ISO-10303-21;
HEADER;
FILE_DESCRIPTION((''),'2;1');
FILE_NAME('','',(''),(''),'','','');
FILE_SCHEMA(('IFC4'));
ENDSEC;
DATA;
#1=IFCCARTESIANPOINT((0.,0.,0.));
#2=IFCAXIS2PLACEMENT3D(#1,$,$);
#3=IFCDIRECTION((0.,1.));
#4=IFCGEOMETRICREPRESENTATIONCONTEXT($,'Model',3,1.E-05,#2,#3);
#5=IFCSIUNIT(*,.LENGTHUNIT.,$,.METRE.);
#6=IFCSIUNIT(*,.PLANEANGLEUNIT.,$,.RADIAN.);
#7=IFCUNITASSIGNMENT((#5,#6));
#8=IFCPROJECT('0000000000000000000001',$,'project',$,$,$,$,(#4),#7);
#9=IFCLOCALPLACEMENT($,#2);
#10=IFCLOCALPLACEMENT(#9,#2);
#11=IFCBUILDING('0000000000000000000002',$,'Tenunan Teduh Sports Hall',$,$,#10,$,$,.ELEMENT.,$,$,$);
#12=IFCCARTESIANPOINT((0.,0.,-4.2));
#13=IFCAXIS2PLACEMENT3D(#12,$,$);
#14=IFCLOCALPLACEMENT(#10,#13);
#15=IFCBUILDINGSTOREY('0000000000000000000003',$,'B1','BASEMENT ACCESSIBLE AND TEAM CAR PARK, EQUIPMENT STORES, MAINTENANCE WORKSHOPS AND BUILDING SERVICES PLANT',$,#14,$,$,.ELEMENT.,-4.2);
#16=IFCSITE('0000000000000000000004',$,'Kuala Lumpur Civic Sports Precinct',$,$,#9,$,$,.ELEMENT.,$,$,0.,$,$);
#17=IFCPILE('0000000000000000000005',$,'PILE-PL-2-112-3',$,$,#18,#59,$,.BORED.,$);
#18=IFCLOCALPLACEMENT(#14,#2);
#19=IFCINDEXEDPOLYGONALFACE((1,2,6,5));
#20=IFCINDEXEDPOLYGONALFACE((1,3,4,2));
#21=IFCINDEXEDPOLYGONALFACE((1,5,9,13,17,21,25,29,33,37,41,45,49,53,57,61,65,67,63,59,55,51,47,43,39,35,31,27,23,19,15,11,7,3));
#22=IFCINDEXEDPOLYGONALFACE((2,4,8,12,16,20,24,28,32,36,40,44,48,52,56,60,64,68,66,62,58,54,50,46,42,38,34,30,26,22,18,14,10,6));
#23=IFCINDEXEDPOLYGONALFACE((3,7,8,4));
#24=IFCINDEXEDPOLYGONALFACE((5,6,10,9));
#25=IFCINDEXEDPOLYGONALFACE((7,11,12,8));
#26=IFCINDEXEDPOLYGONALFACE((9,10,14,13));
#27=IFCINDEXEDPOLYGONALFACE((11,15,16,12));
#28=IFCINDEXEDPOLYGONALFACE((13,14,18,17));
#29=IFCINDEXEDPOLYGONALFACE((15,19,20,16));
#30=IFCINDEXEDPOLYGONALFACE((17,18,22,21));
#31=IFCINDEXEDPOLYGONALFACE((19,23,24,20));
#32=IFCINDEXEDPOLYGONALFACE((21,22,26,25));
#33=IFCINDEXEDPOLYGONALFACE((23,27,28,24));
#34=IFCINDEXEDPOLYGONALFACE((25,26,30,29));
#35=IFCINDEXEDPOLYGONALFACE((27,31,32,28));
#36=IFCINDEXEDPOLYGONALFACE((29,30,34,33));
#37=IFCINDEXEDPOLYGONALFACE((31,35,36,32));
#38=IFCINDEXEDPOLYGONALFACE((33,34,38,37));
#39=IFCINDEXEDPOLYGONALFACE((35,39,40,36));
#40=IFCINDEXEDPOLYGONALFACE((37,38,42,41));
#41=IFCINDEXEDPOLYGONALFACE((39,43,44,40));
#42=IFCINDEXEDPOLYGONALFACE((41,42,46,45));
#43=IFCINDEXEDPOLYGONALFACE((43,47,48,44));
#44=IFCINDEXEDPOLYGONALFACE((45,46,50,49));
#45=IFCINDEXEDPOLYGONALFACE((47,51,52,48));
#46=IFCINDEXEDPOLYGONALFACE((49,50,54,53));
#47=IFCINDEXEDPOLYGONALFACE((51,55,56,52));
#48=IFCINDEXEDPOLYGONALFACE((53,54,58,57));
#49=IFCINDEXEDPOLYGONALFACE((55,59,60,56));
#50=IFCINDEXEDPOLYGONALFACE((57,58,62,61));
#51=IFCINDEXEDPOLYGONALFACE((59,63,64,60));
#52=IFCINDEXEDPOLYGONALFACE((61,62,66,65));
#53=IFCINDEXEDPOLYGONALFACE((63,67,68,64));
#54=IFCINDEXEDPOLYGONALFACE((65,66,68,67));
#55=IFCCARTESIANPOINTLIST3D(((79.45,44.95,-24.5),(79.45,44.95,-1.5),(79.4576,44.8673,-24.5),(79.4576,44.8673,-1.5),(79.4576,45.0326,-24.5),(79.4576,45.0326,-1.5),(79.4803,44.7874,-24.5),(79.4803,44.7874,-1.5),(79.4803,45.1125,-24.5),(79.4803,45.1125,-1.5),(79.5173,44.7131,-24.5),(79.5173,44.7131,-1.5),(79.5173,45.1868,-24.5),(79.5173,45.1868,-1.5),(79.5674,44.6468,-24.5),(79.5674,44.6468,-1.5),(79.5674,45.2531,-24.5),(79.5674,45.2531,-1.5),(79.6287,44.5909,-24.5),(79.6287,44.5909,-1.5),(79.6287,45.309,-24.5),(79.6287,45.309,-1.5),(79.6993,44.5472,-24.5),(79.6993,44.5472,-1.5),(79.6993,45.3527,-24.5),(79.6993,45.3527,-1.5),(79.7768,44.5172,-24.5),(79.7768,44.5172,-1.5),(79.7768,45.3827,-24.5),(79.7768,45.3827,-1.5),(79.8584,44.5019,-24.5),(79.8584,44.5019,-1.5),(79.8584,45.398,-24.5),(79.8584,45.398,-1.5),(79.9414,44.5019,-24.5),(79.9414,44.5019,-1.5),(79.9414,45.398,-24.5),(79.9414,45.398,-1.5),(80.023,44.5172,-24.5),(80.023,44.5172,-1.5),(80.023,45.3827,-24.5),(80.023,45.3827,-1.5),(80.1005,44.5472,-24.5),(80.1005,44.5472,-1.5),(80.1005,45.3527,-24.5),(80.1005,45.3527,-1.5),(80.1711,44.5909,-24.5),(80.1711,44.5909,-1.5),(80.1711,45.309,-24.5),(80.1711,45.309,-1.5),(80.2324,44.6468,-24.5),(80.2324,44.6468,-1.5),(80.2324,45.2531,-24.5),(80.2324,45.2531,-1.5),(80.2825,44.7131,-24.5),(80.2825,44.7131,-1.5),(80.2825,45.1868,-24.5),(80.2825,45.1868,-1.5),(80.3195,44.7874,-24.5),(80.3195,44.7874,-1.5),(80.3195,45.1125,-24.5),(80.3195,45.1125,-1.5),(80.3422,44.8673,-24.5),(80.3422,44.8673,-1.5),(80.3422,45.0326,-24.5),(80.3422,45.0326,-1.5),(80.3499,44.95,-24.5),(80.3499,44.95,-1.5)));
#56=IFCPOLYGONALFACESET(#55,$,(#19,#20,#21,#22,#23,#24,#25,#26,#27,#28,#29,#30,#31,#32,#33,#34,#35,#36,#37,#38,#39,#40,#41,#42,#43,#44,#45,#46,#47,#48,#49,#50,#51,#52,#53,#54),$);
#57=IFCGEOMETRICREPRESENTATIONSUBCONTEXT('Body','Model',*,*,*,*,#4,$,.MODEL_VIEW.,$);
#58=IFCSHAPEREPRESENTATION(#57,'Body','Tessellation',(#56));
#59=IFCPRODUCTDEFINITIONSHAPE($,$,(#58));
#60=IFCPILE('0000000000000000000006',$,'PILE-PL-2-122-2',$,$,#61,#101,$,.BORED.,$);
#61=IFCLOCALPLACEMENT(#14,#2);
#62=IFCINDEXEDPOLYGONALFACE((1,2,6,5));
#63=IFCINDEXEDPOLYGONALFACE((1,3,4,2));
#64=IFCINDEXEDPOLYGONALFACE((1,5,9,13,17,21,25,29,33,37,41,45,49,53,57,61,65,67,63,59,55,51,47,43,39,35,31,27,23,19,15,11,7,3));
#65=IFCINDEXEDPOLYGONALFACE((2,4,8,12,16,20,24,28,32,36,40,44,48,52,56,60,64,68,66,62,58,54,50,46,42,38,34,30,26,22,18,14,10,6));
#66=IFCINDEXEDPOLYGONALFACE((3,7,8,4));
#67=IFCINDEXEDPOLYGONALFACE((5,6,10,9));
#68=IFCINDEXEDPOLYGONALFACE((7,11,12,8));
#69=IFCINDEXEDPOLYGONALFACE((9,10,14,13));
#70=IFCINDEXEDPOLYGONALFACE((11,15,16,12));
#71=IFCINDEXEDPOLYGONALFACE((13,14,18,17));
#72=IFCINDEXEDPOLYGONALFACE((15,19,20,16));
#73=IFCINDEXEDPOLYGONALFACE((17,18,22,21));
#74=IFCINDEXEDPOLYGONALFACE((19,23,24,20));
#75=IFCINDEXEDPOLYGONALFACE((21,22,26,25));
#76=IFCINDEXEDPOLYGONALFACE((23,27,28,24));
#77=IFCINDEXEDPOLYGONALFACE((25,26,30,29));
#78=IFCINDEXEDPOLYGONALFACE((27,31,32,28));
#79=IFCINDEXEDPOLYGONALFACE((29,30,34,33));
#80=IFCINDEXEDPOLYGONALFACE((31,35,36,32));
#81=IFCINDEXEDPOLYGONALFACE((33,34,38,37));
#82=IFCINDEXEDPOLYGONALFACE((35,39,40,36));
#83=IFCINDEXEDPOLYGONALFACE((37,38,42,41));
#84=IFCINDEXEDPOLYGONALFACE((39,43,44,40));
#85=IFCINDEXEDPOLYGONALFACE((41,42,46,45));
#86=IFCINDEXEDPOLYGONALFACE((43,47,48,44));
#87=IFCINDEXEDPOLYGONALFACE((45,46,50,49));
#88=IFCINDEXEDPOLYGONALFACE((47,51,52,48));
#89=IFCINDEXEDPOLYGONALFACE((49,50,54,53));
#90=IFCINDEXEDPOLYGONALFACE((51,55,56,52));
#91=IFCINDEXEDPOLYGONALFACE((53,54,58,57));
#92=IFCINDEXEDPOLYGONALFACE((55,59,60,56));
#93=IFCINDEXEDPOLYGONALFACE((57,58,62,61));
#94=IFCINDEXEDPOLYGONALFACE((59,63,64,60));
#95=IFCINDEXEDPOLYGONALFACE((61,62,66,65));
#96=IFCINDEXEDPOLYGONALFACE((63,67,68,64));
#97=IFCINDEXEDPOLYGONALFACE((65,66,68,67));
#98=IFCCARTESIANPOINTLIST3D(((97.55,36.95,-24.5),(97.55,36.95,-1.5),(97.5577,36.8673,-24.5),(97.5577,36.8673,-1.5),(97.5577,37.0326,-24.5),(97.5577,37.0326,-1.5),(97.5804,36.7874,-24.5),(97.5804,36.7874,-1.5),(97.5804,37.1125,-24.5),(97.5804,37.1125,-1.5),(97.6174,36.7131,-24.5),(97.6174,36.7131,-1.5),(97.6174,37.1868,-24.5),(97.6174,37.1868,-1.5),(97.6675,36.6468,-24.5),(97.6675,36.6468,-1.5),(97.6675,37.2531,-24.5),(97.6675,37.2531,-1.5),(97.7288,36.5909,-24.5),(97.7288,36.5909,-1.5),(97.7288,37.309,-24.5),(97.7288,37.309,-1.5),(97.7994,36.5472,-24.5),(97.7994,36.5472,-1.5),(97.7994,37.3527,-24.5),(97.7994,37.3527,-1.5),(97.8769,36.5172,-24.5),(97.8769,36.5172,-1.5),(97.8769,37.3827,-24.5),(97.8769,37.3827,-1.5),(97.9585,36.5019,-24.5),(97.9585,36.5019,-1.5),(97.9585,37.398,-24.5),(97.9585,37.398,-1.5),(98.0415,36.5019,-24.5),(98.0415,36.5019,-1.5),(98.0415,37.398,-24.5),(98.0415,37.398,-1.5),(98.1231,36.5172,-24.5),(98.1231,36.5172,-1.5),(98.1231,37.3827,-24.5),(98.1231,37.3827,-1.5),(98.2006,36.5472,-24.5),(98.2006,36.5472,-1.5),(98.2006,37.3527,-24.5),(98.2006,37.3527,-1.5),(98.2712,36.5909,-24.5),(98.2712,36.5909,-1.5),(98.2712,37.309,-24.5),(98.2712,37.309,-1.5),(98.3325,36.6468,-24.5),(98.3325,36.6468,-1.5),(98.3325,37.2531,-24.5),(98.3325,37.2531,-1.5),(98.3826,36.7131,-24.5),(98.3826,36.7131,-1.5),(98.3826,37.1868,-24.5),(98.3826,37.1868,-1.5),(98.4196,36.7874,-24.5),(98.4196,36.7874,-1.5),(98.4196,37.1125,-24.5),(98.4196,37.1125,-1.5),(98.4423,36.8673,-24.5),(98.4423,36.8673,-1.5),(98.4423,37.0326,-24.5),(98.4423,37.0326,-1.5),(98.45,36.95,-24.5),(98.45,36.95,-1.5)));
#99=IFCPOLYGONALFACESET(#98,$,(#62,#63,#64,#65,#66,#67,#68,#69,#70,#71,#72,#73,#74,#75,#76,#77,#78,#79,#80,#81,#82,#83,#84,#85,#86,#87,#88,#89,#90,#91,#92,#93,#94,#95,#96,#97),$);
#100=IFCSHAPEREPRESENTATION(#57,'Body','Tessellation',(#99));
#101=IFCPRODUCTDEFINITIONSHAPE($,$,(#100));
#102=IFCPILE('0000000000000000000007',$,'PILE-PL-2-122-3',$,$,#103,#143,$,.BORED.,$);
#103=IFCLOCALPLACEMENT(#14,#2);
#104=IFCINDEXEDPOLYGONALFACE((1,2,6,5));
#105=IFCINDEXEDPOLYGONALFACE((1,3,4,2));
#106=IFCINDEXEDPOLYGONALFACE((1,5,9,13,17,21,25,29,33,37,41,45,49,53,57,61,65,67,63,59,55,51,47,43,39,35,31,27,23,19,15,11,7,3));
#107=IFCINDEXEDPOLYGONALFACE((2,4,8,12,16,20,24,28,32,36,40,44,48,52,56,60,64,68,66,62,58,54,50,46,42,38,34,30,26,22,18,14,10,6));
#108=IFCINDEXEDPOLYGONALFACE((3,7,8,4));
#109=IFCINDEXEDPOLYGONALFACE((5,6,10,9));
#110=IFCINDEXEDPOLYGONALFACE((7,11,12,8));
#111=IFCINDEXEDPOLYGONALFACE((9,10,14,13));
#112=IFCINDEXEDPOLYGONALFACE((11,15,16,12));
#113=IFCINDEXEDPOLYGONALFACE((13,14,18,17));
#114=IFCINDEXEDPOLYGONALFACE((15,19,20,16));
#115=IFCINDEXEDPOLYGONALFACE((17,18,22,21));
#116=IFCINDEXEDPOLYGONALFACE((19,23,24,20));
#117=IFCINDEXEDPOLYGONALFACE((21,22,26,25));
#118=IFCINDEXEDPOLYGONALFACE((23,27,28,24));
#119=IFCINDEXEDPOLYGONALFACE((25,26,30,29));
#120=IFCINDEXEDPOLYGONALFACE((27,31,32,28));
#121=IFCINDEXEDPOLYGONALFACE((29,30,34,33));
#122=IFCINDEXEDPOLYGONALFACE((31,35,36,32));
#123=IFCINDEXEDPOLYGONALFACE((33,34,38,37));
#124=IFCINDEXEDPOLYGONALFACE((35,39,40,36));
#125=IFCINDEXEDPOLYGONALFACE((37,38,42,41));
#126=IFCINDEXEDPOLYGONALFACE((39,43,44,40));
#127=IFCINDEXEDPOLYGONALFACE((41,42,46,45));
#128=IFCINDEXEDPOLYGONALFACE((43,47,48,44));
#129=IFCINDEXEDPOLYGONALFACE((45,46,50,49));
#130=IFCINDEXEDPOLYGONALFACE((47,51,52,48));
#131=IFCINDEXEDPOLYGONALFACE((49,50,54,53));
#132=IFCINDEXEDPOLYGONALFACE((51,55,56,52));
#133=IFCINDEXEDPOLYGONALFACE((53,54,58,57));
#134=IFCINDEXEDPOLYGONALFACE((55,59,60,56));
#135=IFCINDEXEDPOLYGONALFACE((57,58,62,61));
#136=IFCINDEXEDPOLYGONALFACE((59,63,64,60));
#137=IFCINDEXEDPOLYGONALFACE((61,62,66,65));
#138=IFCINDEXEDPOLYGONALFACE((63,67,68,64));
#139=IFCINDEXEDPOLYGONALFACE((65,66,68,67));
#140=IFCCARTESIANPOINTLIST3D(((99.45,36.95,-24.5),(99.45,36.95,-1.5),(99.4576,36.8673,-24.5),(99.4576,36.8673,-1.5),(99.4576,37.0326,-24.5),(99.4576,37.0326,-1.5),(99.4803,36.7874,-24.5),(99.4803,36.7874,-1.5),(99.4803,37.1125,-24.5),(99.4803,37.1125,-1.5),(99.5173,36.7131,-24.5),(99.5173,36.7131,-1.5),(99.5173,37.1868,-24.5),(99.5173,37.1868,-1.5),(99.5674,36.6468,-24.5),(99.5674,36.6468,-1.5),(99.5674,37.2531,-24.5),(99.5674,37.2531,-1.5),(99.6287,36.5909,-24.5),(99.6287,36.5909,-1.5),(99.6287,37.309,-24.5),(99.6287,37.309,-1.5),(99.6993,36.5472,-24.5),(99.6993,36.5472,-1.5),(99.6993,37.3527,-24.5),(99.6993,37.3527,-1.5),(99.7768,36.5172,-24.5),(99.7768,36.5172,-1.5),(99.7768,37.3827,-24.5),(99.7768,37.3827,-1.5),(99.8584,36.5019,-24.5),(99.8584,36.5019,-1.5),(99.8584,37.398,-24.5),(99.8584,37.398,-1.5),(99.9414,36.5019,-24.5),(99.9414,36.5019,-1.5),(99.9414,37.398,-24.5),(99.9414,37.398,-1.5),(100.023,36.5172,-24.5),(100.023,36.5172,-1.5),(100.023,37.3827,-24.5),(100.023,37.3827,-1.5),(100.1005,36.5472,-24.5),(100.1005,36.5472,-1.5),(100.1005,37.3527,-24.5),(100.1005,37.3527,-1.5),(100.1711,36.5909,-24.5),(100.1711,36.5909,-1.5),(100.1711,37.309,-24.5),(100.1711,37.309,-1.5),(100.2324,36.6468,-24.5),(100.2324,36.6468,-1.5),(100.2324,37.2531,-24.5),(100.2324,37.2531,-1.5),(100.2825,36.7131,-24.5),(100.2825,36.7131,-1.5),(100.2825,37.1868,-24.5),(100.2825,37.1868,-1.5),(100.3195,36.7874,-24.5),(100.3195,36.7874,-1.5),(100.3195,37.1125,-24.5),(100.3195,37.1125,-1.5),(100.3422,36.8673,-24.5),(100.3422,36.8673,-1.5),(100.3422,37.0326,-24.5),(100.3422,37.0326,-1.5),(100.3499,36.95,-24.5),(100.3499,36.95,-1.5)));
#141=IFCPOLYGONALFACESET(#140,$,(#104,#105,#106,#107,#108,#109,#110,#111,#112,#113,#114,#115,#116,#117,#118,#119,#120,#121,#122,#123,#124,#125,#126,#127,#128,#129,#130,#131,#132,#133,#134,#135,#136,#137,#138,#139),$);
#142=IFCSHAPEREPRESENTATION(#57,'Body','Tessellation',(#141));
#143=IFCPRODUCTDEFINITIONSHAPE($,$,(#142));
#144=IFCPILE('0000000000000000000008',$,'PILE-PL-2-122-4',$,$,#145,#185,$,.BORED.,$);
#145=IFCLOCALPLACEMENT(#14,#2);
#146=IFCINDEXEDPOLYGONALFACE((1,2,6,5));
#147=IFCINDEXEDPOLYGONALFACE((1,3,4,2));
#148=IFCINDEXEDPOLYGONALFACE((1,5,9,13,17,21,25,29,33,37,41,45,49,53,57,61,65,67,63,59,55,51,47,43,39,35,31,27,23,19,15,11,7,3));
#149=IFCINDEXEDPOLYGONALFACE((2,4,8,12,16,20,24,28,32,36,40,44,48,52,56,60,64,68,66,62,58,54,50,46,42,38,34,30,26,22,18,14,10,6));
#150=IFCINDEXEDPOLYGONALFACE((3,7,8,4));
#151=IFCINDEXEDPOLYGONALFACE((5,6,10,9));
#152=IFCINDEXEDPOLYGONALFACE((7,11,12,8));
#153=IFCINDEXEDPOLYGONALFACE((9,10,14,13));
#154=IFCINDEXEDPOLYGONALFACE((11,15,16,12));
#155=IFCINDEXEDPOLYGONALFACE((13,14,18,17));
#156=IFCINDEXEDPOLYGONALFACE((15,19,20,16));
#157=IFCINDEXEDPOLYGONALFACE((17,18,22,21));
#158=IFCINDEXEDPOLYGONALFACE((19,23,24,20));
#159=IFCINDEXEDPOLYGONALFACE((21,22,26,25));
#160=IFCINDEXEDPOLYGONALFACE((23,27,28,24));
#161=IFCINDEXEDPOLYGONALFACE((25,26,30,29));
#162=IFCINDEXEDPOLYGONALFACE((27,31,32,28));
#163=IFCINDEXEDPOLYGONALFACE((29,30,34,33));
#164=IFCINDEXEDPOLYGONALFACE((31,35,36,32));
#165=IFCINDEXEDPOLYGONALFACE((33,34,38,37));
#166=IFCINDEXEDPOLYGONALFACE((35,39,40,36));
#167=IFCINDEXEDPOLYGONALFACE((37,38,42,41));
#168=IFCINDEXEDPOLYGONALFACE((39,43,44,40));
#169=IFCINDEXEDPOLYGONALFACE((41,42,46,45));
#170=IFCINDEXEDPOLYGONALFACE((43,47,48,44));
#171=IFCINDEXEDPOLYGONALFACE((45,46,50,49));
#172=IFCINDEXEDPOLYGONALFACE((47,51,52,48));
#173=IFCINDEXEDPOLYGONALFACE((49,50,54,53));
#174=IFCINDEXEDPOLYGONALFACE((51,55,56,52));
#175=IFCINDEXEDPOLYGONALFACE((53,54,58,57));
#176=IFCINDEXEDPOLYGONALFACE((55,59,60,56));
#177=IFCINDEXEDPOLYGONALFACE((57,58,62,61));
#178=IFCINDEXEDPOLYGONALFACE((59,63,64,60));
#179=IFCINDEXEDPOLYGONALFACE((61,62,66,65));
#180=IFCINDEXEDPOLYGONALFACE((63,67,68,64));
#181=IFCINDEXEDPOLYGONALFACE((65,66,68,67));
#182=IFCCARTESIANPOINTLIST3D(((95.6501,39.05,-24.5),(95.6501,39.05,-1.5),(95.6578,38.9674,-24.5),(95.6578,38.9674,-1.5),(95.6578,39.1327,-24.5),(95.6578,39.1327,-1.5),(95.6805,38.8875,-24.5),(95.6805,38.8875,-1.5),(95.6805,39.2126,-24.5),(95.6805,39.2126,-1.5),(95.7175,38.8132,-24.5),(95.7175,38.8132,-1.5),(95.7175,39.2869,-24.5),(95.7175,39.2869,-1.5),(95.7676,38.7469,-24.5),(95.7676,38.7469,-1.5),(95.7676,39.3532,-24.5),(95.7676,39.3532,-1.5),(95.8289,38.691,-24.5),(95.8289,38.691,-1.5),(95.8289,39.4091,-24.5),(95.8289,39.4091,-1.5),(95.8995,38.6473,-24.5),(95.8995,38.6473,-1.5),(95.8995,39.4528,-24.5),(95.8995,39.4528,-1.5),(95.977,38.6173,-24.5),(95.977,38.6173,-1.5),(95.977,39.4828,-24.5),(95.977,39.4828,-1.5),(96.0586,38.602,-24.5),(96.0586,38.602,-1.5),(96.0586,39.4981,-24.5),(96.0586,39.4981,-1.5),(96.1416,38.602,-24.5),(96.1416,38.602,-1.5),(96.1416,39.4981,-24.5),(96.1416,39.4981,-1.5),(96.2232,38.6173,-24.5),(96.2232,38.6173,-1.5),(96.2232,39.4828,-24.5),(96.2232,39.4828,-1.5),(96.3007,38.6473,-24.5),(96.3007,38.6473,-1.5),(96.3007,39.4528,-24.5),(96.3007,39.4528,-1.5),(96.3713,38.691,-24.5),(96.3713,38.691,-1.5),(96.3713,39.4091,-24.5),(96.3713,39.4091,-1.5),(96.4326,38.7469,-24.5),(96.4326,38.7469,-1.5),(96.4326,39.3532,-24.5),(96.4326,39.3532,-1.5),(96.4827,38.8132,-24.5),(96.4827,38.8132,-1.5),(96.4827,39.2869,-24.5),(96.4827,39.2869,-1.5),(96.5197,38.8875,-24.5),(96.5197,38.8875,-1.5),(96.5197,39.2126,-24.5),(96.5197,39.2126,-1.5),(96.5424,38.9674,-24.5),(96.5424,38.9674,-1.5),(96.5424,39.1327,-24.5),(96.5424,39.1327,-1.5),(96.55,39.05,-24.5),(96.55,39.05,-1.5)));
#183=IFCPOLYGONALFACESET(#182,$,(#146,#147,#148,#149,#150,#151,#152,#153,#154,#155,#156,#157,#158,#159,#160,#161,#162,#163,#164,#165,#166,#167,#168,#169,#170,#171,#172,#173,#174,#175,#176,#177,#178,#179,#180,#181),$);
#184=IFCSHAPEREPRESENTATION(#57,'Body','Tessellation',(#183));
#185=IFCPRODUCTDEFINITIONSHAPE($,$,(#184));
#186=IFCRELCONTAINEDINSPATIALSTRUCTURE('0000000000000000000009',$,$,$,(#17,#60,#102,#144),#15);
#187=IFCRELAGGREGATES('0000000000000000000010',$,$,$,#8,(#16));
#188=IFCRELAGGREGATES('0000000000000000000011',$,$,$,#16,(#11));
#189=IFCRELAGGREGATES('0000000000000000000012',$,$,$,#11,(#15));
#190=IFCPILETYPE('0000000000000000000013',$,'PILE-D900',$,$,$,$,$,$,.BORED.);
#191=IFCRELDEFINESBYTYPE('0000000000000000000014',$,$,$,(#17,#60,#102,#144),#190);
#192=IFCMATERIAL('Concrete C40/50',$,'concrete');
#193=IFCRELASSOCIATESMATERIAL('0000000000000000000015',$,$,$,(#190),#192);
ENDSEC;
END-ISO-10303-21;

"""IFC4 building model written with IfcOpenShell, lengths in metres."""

from ifc_helpers import new_model, si_unit, direction, frame, origin, origin_2d, place, context, subcontext, project, spatial, circle, extrude, material, material_profile, profile_set, type_object, element, save


model = new_model("IFC4")

# Units and contexts
model_context = context("Model", 3, precision=1e-05, world=origin(), true_north=direction((0.0, 1.0)))
body_context = subcontext(model_context, "Body", "Model", "MODEL_VIEW")
ifc_project = project(units=[si_unit("LENGTHUNIT", "METRE"), si_unit("PLANEANGLEUNIT", "RADIAN")], contexts=[model_context])

# Site, building, storey
site_placement = place(None, origin())
site = spatial("IfcSite", under=ifc_project, at=site_placement, Name="Kuala Lumpur Civic Sports Precinct", CompositionType="ELEMENT", RefElevation=0.0)
building_placement = place(site_placement, origin())
building = spatial("IfcBuilding", under=site, at=building_placement, Name="Tenunan Teduh Sports Hall", CompositionType="ELEMENT")
storey_placement = place(building_placement, frame((0.0, 0.0, -4.2)))
storey = spatial("IfcBuildingStorey", under=building, at=storey_placement, Name="B1", Description="BASEMENT ACCESSIBLE AND TEAM CAR PARK, EQUIPMENT STORES, MAINTENANCE WORKSHOPS AND BUILDING SERVICES PLANT", CompositionType="ELEMENT", Elevation=-4.2)

# Piles
ifc_material_1 = material(Name="Concrete C40/50", Category="concrete")
ifc_material_profile_1 = material_profile(ifc_material_1, circle(Radius=0.45, at=origin_2d()), Name="PILE D900")
ifc_profile_set_1 = profile_set([ifc_material_profile_1], Name="Concrete C40/50")
pile_type = type_object("IfcPileType", Name="PILE-D900", PredefinedType="BORED", material=ifc_profile_set_1)
for number, where, z_axis, x_axis, name in (
    (1, (79.8999, 44.95, -1.5), (0.0, 0.0, -1.0), (1.0, 0.0, 0.0), "PILE-PL-2-112-3"),
    (2, (98.0, 36.95, -1.5), (0.0, 0.0, -1.0), (1.0, 0.0, 0.0), "PILE-PL-2-122-2"),
    (3, (99.8999, 36.95, -1.5), (0.0, 0.0, -1.0), (1.0, 0.0, 0.0), "PILE-PL-2-122-3"),
    (4, (96.1001, 39.05, -1.5), (0.0, 0.0, -1.0), (1.0, 0.0, 0.0), "PILE-PL-2-122-4"),
):
    element("IfcPile", number, at=place(storey_placement, frame(where, z_axis=z_axis, x_axis=x_axis)), inside=storey, type_object=pile_type, Name=name, PredefinedType="BORED", context=body_context, shape_type="SweptSolid", body=[
        extrude(circle(Radius=0.45, at=origin_2d()), origin(), (0.0, 0.0, 1.0), 23.0),
    ])

save(model, "model.ifc")
